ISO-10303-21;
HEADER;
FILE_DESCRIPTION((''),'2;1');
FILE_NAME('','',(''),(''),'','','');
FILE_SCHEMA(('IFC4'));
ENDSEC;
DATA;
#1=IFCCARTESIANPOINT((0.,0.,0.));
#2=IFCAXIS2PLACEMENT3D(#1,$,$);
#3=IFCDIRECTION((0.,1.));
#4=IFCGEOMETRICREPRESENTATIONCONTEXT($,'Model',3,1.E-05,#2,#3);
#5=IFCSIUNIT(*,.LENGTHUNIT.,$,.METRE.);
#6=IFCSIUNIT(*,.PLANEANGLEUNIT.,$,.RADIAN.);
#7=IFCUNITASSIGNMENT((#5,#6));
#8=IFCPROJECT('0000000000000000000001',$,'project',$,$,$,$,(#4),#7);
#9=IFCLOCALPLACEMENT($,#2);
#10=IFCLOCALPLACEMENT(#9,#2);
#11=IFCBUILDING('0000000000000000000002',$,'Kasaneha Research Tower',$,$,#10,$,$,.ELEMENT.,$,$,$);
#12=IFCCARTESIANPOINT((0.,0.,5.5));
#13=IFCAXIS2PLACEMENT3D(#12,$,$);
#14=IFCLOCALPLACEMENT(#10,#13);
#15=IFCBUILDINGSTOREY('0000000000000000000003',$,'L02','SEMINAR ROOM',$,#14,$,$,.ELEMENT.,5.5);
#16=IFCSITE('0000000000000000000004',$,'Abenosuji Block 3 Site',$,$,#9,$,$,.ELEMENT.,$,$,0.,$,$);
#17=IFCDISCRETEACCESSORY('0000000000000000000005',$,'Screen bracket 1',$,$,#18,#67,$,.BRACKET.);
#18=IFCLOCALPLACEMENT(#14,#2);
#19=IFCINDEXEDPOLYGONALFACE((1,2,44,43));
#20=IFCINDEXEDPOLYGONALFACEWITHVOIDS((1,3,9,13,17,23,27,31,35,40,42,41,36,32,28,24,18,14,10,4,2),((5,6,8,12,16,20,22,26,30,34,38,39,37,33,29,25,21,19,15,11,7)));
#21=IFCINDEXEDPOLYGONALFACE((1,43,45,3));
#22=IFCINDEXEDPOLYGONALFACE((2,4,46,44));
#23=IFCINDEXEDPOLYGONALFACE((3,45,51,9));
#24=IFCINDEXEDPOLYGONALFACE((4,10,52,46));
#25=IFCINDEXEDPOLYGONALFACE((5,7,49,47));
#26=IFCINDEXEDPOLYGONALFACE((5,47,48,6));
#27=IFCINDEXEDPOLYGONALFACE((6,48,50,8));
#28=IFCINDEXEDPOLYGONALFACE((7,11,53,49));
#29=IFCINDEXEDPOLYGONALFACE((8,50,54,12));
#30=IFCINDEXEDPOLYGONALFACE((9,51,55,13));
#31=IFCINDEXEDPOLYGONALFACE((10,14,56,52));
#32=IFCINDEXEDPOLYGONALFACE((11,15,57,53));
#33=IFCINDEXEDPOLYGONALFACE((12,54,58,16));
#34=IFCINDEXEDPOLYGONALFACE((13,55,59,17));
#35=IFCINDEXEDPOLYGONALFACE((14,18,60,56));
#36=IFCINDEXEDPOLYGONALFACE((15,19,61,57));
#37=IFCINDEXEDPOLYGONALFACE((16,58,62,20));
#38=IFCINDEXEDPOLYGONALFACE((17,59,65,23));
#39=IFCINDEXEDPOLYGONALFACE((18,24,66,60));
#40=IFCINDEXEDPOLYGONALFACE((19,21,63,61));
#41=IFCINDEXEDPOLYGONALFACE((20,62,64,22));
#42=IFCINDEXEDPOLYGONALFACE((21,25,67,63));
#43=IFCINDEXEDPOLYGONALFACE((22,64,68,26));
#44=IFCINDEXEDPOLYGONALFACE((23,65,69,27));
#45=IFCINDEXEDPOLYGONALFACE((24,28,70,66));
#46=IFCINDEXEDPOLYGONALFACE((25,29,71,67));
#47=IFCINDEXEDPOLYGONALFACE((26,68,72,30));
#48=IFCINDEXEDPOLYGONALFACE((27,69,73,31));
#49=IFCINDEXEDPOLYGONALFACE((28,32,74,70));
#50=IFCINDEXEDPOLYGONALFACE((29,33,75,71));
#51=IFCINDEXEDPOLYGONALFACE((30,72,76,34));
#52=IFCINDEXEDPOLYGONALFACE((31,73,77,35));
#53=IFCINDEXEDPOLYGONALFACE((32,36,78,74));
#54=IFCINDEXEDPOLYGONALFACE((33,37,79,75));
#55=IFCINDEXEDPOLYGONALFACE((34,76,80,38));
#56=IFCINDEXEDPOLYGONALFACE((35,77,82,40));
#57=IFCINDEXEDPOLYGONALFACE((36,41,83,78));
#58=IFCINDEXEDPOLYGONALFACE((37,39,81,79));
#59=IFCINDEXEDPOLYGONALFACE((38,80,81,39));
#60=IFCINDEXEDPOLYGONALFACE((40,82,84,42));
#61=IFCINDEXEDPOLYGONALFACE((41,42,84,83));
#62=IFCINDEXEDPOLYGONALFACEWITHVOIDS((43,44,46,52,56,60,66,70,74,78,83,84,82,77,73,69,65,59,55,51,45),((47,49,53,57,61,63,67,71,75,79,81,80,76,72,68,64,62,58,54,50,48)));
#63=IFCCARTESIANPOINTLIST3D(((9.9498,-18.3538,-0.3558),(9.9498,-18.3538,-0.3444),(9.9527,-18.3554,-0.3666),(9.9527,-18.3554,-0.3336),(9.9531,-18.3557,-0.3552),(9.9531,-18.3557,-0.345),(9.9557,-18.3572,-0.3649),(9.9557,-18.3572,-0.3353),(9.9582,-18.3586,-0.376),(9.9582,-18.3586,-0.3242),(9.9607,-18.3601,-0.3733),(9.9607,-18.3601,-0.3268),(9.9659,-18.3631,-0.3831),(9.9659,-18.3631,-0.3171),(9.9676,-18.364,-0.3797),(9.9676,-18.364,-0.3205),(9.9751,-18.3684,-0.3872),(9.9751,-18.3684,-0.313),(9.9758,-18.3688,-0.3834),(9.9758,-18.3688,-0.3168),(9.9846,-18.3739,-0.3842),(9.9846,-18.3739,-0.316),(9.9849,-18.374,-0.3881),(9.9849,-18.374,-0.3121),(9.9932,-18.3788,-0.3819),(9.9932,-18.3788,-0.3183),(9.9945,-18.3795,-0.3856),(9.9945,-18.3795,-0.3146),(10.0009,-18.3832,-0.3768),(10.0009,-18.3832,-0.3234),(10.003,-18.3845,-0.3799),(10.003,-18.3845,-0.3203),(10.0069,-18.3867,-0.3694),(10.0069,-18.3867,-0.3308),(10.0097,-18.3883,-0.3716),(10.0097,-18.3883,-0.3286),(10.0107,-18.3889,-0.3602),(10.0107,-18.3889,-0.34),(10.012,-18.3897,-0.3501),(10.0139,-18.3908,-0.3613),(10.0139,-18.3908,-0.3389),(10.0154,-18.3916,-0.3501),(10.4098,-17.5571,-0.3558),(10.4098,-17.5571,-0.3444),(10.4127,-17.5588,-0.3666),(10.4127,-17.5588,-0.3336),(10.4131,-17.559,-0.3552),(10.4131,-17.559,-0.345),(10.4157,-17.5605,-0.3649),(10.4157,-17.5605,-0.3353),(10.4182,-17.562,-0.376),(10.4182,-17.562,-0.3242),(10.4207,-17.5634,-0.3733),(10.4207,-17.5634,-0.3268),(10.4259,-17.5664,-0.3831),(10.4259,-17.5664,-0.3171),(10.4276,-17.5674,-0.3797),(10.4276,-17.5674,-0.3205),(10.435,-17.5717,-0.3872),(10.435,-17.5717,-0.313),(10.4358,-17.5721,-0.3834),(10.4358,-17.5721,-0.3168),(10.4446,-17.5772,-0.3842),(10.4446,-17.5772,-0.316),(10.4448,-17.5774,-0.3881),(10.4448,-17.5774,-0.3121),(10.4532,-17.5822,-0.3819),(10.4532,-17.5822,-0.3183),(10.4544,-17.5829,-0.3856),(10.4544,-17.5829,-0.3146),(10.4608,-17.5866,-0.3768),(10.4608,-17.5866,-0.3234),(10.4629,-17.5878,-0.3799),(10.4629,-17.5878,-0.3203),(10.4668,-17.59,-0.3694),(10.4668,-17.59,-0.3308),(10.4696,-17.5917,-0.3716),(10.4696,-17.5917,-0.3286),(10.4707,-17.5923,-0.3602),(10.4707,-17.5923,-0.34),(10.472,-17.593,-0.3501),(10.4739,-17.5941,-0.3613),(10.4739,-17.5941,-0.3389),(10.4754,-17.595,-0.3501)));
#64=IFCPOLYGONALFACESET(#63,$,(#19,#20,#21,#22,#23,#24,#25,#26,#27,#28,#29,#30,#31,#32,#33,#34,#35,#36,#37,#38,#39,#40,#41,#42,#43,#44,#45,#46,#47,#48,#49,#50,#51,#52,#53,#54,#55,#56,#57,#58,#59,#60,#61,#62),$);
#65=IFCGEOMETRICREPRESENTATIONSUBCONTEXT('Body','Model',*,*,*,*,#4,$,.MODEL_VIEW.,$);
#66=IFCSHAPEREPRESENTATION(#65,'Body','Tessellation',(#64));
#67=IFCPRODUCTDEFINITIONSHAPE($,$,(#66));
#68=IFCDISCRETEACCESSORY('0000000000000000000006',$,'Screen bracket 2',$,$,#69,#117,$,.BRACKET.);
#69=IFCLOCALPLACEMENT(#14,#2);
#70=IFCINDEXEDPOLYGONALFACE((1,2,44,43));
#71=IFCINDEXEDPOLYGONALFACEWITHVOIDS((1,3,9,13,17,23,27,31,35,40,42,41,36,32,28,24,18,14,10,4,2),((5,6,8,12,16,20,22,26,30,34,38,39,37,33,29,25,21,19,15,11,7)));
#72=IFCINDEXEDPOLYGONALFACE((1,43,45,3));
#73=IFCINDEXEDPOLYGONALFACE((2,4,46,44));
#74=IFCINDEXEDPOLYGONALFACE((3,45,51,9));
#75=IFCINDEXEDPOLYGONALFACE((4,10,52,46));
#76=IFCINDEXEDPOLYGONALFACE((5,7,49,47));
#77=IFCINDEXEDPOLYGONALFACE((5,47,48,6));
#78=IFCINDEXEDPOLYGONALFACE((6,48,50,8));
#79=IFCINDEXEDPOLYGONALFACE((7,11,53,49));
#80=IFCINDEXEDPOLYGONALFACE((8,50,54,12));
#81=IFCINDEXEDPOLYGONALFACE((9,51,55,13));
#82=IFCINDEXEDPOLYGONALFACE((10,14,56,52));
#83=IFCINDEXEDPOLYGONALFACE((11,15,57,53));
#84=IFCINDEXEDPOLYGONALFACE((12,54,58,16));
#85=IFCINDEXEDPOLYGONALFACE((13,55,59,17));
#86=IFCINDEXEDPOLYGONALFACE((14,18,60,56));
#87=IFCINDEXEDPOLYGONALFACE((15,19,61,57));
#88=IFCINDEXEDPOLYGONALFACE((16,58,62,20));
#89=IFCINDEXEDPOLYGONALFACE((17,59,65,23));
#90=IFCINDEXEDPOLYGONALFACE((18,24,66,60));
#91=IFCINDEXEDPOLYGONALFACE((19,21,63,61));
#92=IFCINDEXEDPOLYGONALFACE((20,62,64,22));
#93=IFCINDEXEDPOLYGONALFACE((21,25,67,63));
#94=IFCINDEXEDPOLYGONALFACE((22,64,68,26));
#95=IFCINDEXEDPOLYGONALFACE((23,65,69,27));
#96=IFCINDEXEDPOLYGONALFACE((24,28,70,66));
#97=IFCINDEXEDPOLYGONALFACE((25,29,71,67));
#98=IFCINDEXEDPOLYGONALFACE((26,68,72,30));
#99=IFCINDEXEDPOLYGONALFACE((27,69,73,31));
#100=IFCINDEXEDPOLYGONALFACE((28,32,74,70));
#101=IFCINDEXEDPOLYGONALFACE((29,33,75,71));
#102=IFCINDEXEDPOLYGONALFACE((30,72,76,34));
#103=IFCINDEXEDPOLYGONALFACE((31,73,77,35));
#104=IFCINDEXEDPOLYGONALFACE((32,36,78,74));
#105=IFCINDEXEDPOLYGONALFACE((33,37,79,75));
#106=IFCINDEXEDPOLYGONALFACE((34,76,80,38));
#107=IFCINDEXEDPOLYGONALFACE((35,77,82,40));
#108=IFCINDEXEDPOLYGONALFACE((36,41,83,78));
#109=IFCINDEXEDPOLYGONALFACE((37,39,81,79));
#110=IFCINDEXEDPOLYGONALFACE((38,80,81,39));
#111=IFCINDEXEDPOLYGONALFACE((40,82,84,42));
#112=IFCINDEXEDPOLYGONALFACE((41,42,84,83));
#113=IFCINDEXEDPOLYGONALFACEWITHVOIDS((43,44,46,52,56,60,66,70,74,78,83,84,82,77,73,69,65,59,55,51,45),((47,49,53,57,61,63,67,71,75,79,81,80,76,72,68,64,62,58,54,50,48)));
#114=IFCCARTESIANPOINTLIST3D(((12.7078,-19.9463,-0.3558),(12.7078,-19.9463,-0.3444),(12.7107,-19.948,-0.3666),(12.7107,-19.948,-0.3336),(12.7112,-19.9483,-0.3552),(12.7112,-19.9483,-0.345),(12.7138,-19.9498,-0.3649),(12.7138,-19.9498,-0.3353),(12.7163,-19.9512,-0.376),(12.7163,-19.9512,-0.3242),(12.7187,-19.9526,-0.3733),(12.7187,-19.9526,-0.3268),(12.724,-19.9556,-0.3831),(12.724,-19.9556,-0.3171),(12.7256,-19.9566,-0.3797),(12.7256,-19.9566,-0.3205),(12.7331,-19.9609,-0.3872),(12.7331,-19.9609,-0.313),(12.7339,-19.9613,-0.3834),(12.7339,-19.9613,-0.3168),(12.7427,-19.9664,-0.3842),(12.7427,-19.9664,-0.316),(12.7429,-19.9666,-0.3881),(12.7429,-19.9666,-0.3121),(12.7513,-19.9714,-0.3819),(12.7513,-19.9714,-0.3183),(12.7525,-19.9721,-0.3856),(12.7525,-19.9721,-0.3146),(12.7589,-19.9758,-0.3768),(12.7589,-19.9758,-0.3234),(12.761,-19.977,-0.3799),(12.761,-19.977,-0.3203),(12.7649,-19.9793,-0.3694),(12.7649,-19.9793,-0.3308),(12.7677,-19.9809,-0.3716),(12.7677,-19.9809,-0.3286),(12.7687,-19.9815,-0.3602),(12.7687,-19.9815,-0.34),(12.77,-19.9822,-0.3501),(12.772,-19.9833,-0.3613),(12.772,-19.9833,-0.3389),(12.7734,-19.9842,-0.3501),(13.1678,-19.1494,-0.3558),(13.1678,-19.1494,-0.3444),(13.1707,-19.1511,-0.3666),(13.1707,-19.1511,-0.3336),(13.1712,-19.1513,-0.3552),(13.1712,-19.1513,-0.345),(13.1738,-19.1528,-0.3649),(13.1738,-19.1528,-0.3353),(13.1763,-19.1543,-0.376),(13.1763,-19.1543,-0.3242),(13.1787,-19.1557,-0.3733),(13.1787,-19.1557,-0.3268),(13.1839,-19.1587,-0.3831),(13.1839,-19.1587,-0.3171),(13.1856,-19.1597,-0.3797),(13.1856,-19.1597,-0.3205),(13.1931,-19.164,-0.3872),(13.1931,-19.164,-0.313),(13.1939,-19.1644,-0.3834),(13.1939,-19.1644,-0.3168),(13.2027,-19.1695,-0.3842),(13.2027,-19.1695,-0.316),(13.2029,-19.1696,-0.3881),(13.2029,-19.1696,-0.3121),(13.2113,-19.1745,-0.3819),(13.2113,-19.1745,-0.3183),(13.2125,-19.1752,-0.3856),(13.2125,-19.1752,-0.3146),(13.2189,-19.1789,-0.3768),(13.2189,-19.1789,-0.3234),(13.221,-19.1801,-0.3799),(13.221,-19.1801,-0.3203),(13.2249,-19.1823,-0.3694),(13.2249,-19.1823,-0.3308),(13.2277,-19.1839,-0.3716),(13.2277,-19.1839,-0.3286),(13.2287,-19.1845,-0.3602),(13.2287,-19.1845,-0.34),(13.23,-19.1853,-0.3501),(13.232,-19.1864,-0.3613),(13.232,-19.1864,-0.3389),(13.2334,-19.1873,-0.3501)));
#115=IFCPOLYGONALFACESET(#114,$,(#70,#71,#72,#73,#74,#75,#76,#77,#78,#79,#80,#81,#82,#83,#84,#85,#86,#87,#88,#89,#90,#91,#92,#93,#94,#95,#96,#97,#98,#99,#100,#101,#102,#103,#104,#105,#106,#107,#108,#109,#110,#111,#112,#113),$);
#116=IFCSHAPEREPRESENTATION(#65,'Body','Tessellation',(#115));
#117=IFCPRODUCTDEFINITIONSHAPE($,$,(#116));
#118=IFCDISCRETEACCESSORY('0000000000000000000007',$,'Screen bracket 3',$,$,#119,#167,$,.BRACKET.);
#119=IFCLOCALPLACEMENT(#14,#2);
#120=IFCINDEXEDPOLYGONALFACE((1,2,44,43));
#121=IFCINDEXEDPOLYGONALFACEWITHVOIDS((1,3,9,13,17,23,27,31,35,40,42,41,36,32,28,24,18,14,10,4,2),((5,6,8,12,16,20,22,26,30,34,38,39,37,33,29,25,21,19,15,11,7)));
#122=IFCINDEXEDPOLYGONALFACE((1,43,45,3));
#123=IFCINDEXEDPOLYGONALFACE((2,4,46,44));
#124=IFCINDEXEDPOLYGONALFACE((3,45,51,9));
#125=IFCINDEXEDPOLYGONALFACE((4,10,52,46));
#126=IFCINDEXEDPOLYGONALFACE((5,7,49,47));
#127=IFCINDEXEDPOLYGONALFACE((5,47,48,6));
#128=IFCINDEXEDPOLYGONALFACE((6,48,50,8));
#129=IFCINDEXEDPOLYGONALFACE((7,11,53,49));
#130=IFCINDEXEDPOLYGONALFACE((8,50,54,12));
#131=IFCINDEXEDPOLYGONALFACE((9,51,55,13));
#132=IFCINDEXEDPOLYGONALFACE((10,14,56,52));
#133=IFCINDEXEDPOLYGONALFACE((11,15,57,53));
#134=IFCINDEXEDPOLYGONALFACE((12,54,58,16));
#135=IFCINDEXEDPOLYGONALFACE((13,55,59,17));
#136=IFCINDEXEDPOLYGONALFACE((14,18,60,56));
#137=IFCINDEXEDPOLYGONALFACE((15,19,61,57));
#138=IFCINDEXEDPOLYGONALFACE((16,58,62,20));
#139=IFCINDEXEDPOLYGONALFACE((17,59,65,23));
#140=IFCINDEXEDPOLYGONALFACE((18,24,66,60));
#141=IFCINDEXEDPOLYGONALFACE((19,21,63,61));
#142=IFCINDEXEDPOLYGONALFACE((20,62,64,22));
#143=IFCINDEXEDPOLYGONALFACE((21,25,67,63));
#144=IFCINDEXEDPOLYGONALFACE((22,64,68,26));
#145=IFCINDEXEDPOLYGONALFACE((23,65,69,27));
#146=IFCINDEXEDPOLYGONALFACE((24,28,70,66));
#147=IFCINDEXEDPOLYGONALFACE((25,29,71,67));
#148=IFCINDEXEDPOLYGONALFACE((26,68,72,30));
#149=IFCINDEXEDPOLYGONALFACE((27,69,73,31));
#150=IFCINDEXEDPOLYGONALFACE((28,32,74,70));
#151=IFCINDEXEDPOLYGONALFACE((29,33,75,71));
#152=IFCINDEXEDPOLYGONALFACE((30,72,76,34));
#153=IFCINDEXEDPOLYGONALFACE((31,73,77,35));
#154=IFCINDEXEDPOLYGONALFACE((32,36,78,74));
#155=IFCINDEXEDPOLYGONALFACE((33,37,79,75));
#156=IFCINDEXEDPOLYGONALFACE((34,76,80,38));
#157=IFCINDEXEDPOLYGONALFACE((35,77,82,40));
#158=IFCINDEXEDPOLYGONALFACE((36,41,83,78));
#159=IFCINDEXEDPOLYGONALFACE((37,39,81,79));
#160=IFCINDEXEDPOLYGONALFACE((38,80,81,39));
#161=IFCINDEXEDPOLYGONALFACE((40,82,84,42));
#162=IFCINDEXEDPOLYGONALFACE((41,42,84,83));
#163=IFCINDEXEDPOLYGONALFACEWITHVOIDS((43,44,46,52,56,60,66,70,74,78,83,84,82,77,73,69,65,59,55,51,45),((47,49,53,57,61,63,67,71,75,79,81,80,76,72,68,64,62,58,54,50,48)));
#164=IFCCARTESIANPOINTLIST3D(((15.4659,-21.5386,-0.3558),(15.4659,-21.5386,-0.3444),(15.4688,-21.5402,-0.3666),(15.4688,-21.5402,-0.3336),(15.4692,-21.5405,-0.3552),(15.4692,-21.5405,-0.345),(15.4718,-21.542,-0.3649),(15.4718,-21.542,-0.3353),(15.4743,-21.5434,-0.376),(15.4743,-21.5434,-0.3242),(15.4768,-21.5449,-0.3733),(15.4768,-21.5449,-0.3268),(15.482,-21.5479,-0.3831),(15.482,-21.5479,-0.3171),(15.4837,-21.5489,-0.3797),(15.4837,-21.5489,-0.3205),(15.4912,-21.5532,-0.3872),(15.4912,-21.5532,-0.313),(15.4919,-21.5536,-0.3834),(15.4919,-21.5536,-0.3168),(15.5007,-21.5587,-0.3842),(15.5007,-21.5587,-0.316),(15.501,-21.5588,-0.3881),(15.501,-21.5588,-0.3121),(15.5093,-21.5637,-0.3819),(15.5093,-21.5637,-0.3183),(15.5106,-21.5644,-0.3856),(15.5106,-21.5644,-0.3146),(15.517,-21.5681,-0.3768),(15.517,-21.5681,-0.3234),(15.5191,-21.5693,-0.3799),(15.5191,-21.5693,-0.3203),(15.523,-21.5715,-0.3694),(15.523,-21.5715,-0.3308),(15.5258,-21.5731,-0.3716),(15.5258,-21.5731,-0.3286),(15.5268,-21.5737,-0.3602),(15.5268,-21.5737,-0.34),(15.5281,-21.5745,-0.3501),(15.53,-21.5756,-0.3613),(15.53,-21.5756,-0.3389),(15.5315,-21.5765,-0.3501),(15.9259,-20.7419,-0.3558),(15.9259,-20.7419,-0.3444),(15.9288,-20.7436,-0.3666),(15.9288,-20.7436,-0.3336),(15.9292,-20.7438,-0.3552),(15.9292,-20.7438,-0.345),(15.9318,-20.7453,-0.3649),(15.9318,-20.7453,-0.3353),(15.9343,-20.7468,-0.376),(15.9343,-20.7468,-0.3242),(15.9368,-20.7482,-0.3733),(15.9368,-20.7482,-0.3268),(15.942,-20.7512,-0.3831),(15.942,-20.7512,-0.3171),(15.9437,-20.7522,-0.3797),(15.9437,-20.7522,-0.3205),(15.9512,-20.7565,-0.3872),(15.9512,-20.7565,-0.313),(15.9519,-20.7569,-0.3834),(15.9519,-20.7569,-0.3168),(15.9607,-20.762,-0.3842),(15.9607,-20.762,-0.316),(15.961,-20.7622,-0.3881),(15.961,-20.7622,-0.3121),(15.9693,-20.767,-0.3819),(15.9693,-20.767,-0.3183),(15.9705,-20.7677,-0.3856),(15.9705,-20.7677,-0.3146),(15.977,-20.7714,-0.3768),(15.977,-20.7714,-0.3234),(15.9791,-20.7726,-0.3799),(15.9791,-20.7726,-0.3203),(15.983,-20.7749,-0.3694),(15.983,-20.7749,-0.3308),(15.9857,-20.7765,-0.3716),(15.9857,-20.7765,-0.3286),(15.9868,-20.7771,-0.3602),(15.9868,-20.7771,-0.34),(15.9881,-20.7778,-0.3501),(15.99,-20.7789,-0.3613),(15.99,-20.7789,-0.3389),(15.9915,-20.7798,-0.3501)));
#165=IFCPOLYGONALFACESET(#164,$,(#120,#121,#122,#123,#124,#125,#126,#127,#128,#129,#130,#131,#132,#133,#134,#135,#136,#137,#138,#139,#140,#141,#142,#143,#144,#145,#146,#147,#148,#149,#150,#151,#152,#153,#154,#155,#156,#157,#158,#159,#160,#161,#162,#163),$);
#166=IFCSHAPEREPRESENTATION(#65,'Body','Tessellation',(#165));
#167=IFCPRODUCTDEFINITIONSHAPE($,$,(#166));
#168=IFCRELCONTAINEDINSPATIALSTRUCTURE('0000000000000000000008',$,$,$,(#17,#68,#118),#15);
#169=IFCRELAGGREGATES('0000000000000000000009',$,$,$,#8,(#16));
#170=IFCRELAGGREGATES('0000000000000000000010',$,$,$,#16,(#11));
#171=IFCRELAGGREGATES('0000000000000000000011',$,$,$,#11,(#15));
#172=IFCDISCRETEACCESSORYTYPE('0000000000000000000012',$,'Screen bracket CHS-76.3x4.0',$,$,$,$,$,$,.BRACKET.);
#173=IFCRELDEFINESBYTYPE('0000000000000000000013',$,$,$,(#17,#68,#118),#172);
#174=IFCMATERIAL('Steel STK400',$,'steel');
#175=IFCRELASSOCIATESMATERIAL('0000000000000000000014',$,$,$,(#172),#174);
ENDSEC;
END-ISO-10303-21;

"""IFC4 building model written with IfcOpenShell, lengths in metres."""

from ifc_helpers import new_model, si_unit, direction, frame, origin, origin_2d, place, context, subcontext, project, spatial, hollow_circle, extrude, material, material_profile, profile_set, type_object, element, save


model = new_model("IFC4")

# Units and contexts
model_context = context("Model", 3, precision=1e-05, world=origin(), true_north=direction((0.0, 1.0)))
body_context = subcontext(model_context, "Body", "Model", "MODEL_VIEW")
ifc_project = project(units=[si_unit("LENGTHUNIT", "METRE"), si_unit("PLANEANGLEUNIT", "RADIAN")], contexts=[model_context])

# Site, building, storey
site_placement = place(None, origin())
site = spatial("IfcSite", under=ifc_project, at=site_placement, Name="Abenosuji Block 3 Site", CompositionType="ELEMENT", RefElevation=0.0)
building_placement = place(site_placement, origin())
building = spatial("IfcBuilding", under=site, at=building_placement, Name="Kasaneha Research Tower", CompositionType="ELEMENT")
storey_placement = place(building_placement, frame((0.0, 0.0, 5.5)))
storey = spatial("IfcBuildingStorey", under=building, at=storey_placement, Name="L02", Description="SEMINAR ROOM", CompositionType="ELEMENT", Elevation=5.5)

# Discrete accessories
ifc_material_1 = material(Name="Steel STK400", Category="steel")
ifc_material_profile_1 = material_profile(ifc_material_1, hollow_circle(Radius=0.0381, WallThickness=0.0039, at=origin_2d()), Name="CHS-76.3x4.0")
ifc_profile_set_1 = profile_set([ifc_material_profile_1], Name="Steel STK400")
discrete_accessory_type = type_object("IfcDiscreteAccessoryType", Name="Screen bracket CHS-76.3x4.0", PredefinedType="BRACKET", material=ifc_profile_set_1)
for number, where, z_axis, x_axis, name in (
    (1, (10.4424, -17.5759, -0.3501), (-0.500021, -0.866013, 0.0), (0.866013, -0.500021, 0.0), "Screen bracket 1"),
):
    element("IfcDiscreteAccessory", number, at=place(storey_placement, frame(where, z_axis=z_axis, x_axis=x_axis)), inside=storey, type_object=discrete_accessory_type, Name=name, PredefinedType="BRACKET", context=body_context, shape_type="SweptSolid", body=[
        extrude(hollow_circle(Radius=0.0381, WallThickness=0.0039, at=origin_2d()), origin(), (0.0, 0.0, 1.0), 0.9199),
    ])
discrete_accessory_1_placement = place(storey_placement, frame((13.2004, -19.1682, -0.3501), z_axis=(-0.499906, -0.86608, 0.0), x_axis=(0.86608, -0.499906, 0.0)))
element("IfcDiscreteAccessory", 2, at=discrete_accessory_1_placement, inside=storey, type_object=discrete_accessory_type, Name="Screen bracket 2", PredefinedType="BRACKET", context=body_context, shape_type="SweptSolid", body=[
    extrude(hollow_circle(Radius=0.0381, WallThickness=0.0039, at=origin_2d()), origin(), (0.0, 0.0, 1.0), 0.9202),
])
discrete_accessory_2_placement = place(storey_placement, frame((15.9585, -20.7607, -0.3501), z_axis=(-0.500021, -0.866013, 0.0), x_axis=(0.866013, -0.500021, 0.0)))
element("IfcDiscreteAccessory", 3, at=discrete_accessory_2_placement, inside=storey, type_object=discrete_accessory_type, Name="Screen bracket 3", PredefinedType="BRACKET", context=body_context, shape_type="SweptSolid", body=[
    extrude(hollow_circle(Radius=0.0381, WallThickness=0.0039, at=origin_2d()), origin(), (0.0, 0.0, 1.0), 0.9199),
])

save(model, "model.ifc")
